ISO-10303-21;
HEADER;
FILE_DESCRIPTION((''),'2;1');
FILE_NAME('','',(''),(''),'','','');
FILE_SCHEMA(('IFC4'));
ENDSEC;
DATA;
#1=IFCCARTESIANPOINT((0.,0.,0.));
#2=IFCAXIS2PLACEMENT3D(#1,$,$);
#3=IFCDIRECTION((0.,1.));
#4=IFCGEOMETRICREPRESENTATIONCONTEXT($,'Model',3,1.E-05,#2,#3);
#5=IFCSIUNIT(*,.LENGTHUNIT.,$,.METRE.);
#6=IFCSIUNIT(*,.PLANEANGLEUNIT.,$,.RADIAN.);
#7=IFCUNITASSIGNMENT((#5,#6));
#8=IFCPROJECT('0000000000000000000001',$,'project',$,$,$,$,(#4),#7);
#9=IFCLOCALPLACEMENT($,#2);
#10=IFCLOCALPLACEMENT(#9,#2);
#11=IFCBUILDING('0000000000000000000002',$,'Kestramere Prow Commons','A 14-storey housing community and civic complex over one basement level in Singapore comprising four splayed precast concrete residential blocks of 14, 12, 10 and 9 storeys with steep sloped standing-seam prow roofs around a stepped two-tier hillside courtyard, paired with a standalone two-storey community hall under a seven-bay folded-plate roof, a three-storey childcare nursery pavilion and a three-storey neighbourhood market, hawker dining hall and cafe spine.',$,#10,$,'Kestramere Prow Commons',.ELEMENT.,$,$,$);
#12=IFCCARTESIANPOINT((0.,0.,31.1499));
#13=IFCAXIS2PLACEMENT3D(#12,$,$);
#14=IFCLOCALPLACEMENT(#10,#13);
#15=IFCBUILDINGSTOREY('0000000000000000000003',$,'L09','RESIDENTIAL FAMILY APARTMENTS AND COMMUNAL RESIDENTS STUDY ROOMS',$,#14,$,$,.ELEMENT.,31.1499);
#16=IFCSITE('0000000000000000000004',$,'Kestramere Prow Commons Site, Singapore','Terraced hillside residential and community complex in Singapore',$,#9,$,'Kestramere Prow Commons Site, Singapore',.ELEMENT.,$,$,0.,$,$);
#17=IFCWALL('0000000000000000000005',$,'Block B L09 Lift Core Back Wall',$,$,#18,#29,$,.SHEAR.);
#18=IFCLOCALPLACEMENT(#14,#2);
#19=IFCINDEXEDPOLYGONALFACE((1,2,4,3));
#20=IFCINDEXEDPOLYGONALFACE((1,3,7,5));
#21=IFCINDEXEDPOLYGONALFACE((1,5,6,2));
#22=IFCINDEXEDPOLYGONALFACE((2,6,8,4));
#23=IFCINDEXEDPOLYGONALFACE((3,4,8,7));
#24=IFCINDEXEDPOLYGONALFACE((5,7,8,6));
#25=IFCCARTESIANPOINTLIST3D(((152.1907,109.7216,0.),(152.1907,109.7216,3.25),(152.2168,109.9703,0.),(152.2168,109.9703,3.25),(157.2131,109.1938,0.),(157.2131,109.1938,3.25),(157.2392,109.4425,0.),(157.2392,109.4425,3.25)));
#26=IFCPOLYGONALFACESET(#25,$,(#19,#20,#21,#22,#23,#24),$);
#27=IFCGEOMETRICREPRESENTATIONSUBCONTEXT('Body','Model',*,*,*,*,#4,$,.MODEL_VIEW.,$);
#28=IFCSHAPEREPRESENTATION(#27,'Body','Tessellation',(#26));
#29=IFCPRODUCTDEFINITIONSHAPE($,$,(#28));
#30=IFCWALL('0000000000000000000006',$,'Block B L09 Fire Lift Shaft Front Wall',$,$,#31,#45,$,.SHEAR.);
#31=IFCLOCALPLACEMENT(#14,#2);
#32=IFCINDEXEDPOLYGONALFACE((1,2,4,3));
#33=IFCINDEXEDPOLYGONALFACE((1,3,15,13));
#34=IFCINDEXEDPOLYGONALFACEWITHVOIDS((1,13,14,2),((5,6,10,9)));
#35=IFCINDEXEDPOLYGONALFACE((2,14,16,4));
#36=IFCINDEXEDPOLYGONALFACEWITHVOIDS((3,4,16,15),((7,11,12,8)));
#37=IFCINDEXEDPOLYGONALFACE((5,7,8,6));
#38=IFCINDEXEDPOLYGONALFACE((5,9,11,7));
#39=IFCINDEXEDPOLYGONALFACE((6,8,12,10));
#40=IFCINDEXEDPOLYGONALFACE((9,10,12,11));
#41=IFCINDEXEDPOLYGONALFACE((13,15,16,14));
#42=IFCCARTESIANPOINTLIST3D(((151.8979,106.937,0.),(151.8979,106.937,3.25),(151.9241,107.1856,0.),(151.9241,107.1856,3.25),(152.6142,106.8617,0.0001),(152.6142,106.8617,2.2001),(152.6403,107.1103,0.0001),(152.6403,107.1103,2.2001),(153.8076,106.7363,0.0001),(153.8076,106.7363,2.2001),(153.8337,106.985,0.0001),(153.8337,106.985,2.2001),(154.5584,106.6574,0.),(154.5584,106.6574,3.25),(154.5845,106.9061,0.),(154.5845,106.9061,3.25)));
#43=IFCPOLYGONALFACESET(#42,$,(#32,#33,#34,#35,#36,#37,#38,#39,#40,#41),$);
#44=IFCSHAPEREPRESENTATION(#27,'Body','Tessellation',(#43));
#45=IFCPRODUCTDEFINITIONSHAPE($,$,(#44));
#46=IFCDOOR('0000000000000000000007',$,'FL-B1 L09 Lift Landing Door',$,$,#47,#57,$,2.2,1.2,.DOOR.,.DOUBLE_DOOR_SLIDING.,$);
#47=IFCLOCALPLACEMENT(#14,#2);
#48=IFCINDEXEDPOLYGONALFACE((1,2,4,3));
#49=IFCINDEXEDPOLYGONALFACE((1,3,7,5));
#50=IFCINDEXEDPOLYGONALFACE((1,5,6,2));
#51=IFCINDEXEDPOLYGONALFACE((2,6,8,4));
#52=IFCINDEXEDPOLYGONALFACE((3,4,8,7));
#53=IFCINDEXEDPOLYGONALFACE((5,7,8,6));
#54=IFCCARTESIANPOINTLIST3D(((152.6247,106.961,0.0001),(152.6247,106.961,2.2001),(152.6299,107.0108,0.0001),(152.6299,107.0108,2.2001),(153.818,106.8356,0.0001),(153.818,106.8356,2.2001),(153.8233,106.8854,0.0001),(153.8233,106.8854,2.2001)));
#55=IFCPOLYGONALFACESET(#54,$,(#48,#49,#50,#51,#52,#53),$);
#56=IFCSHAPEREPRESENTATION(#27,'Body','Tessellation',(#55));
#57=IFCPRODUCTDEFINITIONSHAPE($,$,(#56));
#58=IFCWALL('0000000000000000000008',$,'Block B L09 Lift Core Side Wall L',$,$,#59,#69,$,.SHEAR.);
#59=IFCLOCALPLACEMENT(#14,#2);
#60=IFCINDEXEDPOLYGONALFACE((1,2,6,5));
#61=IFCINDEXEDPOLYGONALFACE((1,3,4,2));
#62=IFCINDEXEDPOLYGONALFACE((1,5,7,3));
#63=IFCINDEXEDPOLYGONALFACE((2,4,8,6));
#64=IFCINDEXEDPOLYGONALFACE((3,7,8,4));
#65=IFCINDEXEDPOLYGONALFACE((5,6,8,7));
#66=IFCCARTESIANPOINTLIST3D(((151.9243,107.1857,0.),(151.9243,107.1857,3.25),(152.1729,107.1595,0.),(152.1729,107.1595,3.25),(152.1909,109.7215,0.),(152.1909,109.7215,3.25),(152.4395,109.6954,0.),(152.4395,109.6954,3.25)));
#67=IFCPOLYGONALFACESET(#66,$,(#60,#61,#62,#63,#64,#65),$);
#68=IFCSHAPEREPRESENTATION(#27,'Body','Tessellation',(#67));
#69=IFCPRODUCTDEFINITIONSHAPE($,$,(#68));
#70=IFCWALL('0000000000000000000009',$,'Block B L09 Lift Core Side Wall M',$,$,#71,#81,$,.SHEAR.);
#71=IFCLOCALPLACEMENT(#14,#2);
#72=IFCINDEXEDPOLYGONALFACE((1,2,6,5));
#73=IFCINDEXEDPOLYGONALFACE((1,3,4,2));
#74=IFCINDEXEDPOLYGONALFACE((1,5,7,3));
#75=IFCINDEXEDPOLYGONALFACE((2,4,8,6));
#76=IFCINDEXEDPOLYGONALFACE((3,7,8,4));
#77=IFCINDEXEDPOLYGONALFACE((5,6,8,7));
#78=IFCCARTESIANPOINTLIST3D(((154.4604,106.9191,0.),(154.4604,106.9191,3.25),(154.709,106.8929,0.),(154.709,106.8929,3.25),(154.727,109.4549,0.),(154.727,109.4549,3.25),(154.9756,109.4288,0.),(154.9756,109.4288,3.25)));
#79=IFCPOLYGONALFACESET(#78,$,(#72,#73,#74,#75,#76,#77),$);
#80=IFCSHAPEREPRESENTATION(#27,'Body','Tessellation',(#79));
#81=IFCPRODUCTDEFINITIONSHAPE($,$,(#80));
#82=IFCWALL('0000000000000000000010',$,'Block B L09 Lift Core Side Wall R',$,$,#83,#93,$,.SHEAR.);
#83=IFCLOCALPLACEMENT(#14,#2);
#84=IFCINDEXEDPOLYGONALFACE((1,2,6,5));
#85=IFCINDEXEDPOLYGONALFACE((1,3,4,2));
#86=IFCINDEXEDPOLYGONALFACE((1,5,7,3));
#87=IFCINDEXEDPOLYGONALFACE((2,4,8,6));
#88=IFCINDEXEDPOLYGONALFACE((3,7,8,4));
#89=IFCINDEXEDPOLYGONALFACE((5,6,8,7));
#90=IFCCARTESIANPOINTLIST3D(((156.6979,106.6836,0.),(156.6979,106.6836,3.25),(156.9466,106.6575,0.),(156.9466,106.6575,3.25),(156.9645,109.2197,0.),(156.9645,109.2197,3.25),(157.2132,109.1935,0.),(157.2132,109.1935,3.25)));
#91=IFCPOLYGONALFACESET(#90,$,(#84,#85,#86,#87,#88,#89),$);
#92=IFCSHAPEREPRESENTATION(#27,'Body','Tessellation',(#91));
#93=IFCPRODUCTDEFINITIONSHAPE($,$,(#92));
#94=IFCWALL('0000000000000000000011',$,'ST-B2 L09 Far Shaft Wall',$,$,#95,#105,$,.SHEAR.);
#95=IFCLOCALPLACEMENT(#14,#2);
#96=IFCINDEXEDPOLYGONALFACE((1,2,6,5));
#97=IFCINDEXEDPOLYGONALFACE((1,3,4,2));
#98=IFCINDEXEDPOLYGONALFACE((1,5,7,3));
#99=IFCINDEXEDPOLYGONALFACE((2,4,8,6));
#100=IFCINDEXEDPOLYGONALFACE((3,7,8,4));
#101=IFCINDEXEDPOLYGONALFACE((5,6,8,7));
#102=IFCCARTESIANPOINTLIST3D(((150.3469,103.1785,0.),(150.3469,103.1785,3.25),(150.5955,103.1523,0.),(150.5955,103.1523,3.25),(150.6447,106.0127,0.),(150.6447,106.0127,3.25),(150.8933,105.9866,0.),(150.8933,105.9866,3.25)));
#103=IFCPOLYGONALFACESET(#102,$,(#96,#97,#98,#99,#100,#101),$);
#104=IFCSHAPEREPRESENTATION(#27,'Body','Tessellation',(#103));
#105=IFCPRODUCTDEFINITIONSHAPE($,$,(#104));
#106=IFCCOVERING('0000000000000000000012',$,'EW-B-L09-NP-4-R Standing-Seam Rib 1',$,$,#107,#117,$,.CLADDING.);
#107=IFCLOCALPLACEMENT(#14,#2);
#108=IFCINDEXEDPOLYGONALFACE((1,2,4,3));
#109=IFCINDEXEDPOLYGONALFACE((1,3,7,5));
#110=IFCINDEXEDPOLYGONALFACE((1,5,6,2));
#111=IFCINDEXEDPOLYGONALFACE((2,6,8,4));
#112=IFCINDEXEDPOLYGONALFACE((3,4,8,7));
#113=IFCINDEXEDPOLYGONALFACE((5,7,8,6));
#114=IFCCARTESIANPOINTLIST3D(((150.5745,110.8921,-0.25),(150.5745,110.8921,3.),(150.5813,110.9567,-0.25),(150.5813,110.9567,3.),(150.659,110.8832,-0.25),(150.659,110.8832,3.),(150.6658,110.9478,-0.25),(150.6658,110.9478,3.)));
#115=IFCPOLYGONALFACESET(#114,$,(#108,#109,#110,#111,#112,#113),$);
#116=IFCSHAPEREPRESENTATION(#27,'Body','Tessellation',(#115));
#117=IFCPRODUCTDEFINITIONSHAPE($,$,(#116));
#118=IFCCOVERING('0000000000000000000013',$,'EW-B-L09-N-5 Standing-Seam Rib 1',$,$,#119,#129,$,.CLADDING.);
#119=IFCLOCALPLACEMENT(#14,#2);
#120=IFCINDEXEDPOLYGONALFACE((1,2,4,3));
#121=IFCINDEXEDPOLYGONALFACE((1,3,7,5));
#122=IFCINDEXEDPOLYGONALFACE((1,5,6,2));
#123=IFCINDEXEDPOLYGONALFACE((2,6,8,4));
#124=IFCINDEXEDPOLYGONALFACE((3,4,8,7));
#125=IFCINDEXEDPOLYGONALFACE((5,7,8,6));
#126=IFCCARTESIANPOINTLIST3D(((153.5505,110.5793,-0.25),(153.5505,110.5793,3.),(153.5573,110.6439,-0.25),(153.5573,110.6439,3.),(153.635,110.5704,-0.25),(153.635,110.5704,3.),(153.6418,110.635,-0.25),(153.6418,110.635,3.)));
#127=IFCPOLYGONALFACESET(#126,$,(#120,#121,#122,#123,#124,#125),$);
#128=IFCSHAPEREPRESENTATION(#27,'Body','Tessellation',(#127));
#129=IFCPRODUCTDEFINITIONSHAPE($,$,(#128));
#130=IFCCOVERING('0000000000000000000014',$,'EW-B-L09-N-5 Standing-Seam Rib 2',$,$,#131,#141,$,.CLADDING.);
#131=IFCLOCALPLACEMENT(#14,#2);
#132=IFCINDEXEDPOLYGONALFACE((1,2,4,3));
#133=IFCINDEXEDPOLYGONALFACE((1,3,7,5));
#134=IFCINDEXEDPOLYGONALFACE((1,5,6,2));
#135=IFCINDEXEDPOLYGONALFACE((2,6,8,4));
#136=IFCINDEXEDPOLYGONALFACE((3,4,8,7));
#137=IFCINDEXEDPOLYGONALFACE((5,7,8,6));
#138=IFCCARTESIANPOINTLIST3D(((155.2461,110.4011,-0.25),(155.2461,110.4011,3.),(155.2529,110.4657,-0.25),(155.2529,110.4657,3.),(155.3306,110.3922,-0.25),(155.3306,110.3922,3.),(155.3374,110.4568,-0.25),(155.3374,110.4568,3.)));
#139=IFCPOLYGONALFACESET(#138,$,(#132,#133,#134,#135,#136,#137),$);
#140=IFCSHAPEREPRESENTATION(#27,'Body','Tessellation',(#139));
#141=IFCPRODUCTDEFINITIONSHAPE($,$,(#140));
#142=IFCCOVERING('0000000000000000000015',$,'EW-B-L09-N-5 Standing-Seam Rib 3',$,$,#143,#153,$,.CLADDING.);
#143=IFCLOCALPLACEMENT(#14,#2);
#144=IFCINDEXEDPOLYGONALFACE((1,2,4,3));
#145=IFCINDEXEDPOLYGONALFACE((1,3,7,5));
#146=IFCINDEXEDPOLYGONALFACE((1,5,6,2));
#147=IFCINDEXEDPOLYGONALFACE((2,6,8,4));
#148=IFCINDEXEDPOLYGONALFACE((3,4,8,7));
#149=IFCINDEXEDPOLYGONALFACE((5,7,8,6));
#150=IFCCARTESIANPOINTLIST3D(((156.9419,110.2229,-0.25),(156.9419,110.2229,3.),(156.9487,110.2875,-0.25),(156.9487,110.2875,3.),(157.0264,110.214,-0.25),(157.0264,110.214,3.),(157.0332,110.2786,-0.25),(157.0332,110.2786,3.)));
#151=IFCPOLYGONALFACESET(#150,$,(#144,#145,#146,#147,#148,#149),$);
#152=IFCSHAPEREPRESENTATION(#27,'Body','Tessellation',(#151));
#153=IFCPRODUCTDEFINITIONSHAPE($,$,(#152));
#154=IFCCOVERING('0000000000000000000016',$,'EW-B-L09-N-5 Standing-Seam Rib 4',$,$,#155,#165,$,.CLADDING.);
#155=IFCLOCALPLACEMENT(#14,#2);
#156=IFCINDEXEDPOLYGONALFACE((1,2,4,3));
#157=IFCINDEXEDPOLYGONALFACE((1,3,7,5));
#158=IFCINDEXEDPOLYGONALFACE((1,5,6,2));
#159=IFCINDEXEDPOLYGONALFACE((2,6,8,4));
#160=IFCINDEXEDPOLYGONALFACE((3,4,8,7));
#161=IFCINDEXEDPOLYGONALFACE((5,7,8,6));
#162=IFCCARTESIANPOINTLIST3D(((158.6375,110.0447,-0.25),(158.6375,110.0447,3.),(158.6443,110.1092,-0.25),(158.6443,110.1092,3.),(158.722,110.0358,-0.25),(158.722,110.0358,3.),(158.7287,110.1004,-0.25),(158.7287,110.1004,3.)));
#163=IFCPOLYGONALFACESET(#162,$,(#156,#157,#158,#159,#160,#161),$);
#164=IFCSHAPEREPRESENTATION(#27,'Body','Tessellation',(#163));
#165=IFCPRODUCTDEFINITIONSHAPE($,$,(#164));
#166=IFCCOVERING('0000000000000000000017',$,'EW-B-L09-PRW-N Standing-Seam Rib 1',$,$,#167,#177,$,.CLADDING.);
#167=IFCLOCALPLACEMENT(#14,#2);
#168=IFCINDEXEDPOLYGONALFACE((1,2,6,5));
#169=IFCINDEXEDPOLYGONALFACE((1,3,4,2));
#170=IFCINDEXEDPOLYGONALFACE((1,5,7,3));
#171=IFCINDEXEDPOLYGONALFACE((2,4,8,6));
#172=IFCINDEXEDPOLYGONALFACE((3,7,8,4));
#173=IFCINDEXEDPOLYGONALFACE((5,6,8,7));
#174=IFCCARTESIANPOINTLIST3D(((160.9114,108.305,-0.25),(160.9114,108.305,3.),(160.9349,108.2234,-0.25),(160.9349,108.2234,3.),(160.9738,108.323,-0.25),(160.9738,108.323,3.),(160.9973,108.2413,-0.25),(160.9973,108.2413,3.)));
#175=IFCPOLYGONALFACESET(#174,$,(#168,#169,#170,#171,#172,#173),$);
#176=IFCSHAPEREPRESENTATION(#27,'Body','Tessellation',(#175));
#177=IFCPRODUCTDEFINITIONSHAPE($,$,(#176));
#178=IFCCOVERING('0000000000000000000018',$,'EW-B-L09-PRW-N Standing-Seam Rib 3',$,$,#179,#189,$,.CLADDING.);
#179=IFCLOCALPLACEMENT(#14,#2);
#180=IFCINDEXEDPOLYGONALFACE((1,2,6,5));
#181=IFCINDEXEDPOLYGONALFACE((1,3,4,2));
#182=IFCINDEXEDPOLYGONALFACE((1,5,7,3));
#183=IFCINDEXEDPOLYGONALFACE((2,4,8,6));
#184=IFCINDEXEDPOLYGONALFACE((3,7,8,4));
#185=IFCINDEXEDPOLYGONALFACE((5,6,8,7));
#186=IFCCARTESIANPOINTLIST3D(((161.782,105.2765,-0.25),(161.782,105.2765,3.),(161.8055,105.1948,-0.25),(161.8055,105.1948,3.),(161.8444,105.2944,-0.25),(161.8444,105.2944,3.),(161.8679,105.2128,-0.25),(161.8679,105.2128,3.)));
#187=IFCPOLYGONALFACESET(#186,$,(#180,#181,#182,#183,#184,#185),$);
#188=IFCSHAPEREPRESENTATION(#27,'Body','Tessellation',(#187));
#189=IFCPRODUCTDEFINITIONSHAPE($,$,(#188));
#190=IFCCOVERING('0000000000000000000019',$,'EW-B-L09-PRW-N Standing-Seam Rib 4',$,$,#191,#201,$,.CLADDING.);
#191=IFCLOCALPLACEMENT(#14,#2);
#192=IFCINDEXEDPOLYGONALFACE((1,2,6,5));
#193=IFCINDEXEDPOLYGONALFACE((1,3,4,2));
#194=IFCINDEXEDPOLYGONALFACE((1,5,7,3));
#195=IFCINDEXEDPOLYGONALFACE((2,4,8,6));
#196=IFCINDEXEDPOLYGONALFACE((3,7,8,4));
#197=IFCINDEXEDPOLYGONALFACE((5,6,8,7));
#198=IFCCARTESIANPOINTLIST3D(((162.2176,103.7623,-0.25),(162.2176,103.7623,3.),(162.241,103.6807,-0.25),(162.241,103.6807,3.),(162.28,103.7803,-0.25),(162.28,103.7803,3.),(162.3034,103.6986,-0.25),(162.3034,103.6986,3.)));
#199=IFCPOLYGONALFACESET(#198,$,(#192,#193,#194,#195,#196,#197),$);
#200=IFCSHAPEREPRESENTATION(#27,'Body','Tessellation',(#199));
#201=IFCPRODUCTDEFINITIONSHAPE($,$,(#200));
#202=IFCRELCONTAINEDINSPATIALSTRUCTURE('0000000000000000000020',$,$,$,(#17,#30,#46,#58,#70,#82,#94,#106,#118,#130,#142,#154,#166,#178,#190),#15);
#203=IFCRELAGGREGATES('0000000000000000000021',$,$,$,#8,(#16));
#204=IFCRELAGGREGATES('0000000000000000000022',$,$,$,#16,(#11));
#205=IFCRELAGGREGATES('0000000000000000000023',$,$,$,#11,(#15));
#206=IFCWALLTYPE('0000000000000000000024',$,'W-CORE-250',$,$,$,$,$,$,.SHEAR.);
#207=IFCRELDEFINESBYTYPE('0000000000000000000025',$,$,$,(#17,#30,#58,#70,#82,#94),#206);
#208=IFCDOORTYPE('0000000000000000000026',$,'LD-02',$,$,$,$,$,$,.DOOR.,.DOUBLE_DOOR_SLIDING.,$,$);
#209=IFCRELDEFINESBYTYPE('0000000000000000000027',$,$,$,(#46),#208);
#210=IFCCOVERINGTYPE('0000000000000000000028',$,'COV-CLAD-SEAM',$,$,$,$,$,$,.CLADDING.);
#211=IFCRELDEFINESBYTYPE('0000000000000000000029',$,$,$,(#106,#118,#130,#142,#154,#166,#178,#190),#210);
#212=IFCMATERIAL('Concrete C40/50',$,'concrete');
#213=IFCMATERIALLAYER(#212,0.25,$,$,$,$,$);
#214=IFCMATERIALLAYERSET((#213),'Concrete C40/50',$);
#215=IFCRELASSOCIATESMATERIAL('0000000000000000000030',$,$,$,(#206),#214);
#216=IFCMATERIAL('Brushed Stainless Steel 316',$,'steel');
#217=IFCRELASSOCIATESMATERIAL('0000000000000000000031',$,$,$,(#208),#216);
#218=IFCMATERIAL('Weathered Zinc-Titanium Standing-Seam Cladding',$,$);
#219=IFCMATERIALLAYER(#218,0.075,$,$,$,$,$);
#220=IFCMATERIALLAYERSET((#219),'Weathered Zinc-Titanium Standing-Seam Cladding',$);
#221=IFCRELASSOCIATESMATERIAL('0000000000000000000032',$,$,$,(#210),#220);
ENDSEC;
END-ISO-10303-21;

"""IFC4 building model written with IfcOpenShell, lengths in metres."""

from ifc_helpers import new_model, si_unit, direction, frame, frame_2d, origin, origin_2d, place, context, subcontext, project, spatial, rectangle, extrude, material, layer, layer_set, type_object, element, fill, save


model = new_model("IFC4")

# Units and contexts
model_context = context("Model", 3, precision=1e-05, world=origin(), true_north=direction((0.0, 1.0)))
body_context = subcontext(model_context, "Body", "Model", "MODEL_VIEW")
ifc_project = project(units=[si_unit("LENGTHUNIT", "METRE"), si_unit("PLANEANGLEUNIT", "RADIAN")], contexts=[model_context])

# Site, building, storey
site_placement = place(None, origin())
site = spatial("IfcSite", under=ifc_project, at=site_placement, Name="Kestramere Prow Commons Site, Singapore", Description="Terraced hillside residential and community complex in Singapore", LongName="Kestramere Prow Commons Site, Singapore", CompositionType="ELEMENT", RefElevation=0.0)
building_placement = place(site_placement, origin())
building = spatial("IfcBuilding", under=site, at=building_placement, Name="Kestramere Prow Commons", Description="A 14-storey housing community and civic complex over one basement level in Singapore comprising four splayed precast concrete residential blocks of 14, 12, 10 and 9 storeys with steep sloped standing-seam prow roofs around a stepped two-tier hillside courtyard, paired with a standalone two-storey community hall under a seven-bay folded-plate roof, a three-storey childcare nursery pavilion and a three-storey neighbourhood market, hawker dining hall and cafe spine.", LongName="Kestramere Prow Commons", CompositionType="ELEMENT")
storey_placement = place(building_placement, frame((0.0, 0.0, 31.1499)))
storey = spatial("IfcBuildingStorey", under=building, at=storey_placement, Name="L09", Description="RESIDENTIAL FAMILY APARTMENTS AND COMMUNAL RESIDENTS STUDY ROOMS", CompositionType="ELEMENT", Elevation=31.1499)

# Shared definitions
ifc_material_1 = material(Name="Concrete C40/50", Category="concrete")

# Shared definitions
ifc_material_2 = material(Name="Weathered Zinc-Titanium Standing-Seam Cladding")

# Wall
ifc_layer_1 = layer(ifc_material_1, 0.25)
ifc_layer_set_1 = layer_set([ifc_layer_1], Name="Concrete C40/50")
wall_type_1 = type_object("IfcWallType", Name="W-CORE-250", PredefinedType="SHEAR", material=ifc_layer_set_1)
wall_1_placement = place(storey_placement, frame((152.2039, 109.8459, 0.0), z_axis=(0.0, 0.0, 1.0), x_axis=(0.994523, -0.104519, 0.0)))
element("IfcWall", 1, at=wall_1_placement, inside=storey, type_object=wall_type_1, Name="Block B L09 Lift Core Back Wall", PredefinedType="SHEAR", context=body_context, shape_type="SweptSolid", body=[
    extrude(rectangle(XDim=5.05, YDim=0.25, at=frame_2d((2.5249, 0.0))), origin(), (0.0, 0.0, 1.0), 3.25),
])

# Wall, opening, door
wall_2_placement = place(storey_placement, frame((151.9111, 107.0613, 0.0), z_axis=(0.0, 0.0, 1.0), x_axis=(0.994525, -0.1045, 0.0)))
wall_2 = element("IfcWall", 2, at=wall_2_placement, inside=storey, type_object=wall_type_1, Name="Block B L09 Fire Lift Shaft Front Wall", PredefinedType="SHEAR", context=body_context, shape_type="SweptSolid", body=[
    extrude(rectangle(XDim=2.675, YDim=0.25, at=frame_2d((1.3374, 0.0))), origin(), (0.0, 0.0, 1.0), 3.25),
])
opening_1_placement = place(wall_2_placement, frame((0.72, 0.0, 0.0)))
opening_1 = element("IfcOpeningElement", 3, at=opening_1_placement, cuts=wall_2, PredefinedType="OPENING", context=body_context, shape_type="SweptSolid", body=[
    extrude(rectangle(XDim=1.2, YDim=2.2, at=frame_2d((0.6001, 1.1001))), frame((0.0, 0.1399, 0.0), z_axis=(0.0, -1.0, 0.0), x_axis=(1.0, 0.0, 0.0)), (0.0, 0.0, 1.0), 0.28),
])
ifc_material_3 = material(Name="Brushed Stainless Steel 316", Category="steel")
door_type_1 = type_object("IfcDoorType", Name="LD-02", OperationType="DOUBLE_DOOR_SLIDING", PredefinedType="DOOR", material=ifc_material_3)
door_1_placement = place(opening_1_placement, origin())
door_1 = element("IfcDoor", 4, at=door_1_placement, inside=storey, type_object=door_type_1, Name="FL-B1 L09 Lift Landing Door", OperationType="DOUBLE_DOOR_SLIDING", OverallHeight=2.2, OverallWidth=1.2, PredefinedType="DOOR", context=body_context, shape_type="SweptSolid", body=[
    extrude(rectangle(XDim=1.2, YDim=2.2, at=frame_2d((0.6001, 1.1001))), frame((0.0, 0.0249, 0.0), z_axis=(0.0, -1.0, 0.0), x_axis=(1.0, 0.0, 0.0)), (0.0, 0.0, 1.0), 0.05),
])
fill(opening_1, door_1)

# Walls
for number, where, z_axis, x_axis, name in (
    (5, (152.0486, 107.1726, 0.0), (0.0, 0.0, 1.0), (0.104555, 0.994519, 0.0), "Block B L09 Lift Core Side Wall L"),
    (6, (154.5847, 106.906, 0.0), (0.0, 0.0, 1.0), (0.104555, 0.994519, 0.0), "Block B L09 Lift Core Side Wall M"),
):
    element("IfcWall", number, at=place(storey_placement, frame(where, z_axis=z_axis, x_axis=x_axis)), inside=storey, type_object=wall_type_1, Name=name, PredefinedType="SHEAR", context=body_context, shape_type="SweptSolid", body=[
        extrude(rectangle(XDim=2.5498, YDim=0.25, at=frame_2d((1.2749, 0.0))), origin(), (0.0, 0.0, 1.0), 3.25),
    ])
wall_3_placement = place(storey_placement, frame((156.8223, 106.6707, 0.0), z_axis=(0.0, 0.0, 1.0), x_axis=(0.104545, 0.99452, 0.0)))
element("IfcWall", 7, at=wall_3_placement, inside=storey, type_object=wall_type_1, Name="Block B L09 Lift Core Side Wall R", PredefinedType="SHEAR", context=body_context, shape_type="SweptSolid", body=[
    extrude(rectangle(XDim=2.55, YDim=0.25, at=frame_2d((1.2749, 0.0))), origin(), (0.0, 0.0, 1.0), 3.25),
])
wall_4_placement = place(storey_placement, frame((150.4712, 103.1655, 0.0), z_axis=(0.0, 0.0, 1.0), x_axis=(0.104515, 0.994523, 0.0)))
element("IfcWall", 8, at=wall_4_placement, inside=storey, type_object=wall_type_1, Name="ST-B2 L09 Far Shaft Wall", PredefinedType="SHEAR", context=body_context, shape_type="SweptSolid", body=[
    extrude(rectangle(XDim=2.8499, YDim=0.25, at=frame_2d((1.4248, 0.0))), origin(), (0.0, 0.0, 1.0), 3.25),
])

# Coverings
ifc_layer_2 = layer(ifc_material_2, 0.075)
ifc_layer_set_2 = layer_set([ifc_layer_2], Name="Weathered Zinc-Titanium Standing-Seam Cladding")
covering_type = type_object("IfcCoveringType", Name="COV-CLAD-SEAM", PredefinedType="CLADDING", material=ifc_layer_set_2)
for number, where, z_axis, x_axis, name in (
    (9, (150.6201, 110.9199, -0.25), (0.0, 0.0, 1.0), (0.994522, -0.104528, 0.0), "EW-B-L09-NP-4-R Standing-Seam Rib 1"),
    (10, (153.5962, 110.6072, -0.25), (0.0, 0.0, 1.0), (0.994522, -0.104528, 0.0), "EW-B-L09-N-5 Standing-Seam Rib 1"),
    (11, (155.2917, 110.429, -0.25), (0.0, 0.0, 1.0), (0.994522, -0.104528, 0.0), "EW-B-L09-N-5 Standing-Seam Rib 2"),
    (12, (156.9875, 110.2507, -0.25), (0.0, 0.0, 1.0), (0.994522, -0.104528, 0.0), "EW-B-L09-N-5 Standing-Seam Rib 3"),
    (13, (158.6831, 110.0725, -0.25), (0.0, 0.0, 1.0), (0.994522, -0.104528, 0.0), "EW-B-L09-N-5 Standing-Seam Rib 4"),
    (14, (160.9543, 108.2732, -0.25), (0.0, 0.0, 1.0), (0.276318, -0.961066, 0.0), "EW-B-L09-PRW-N Standing-Seam Rib 1"),
    (15, (161.825, 105.2446, -0.25), (0.0, 0.0, 1.0), (0.276318, -0.961066, 0.0), "EW-B-L09-PRW-N Standing-Seam Rib 3"),
    (16, (162.2605, 103.7305, -0.25), (0.0, 0.0, 1.0), (0.276318, -0.961066, 0.0), "EW-B-L09-PRW-N Standing-Seam Rib 4"),
):
    element("IfcCovering", number, at=place(storey_placement, frame(where, z_axis=z_axis, x_axis=x_axis)), inside=storey, type_object=covering_type, Name=name, PredefinedType="CLADDING", context=body_context, shape_type="SweptSolid", body=[
        extrude(rectangle(XDim=0.085, YDim=0.0649, at=origin_2d()), origin(), (0.0, 0.0, 1.0), 3.25),
    ])

save(model, "model.ifc")
